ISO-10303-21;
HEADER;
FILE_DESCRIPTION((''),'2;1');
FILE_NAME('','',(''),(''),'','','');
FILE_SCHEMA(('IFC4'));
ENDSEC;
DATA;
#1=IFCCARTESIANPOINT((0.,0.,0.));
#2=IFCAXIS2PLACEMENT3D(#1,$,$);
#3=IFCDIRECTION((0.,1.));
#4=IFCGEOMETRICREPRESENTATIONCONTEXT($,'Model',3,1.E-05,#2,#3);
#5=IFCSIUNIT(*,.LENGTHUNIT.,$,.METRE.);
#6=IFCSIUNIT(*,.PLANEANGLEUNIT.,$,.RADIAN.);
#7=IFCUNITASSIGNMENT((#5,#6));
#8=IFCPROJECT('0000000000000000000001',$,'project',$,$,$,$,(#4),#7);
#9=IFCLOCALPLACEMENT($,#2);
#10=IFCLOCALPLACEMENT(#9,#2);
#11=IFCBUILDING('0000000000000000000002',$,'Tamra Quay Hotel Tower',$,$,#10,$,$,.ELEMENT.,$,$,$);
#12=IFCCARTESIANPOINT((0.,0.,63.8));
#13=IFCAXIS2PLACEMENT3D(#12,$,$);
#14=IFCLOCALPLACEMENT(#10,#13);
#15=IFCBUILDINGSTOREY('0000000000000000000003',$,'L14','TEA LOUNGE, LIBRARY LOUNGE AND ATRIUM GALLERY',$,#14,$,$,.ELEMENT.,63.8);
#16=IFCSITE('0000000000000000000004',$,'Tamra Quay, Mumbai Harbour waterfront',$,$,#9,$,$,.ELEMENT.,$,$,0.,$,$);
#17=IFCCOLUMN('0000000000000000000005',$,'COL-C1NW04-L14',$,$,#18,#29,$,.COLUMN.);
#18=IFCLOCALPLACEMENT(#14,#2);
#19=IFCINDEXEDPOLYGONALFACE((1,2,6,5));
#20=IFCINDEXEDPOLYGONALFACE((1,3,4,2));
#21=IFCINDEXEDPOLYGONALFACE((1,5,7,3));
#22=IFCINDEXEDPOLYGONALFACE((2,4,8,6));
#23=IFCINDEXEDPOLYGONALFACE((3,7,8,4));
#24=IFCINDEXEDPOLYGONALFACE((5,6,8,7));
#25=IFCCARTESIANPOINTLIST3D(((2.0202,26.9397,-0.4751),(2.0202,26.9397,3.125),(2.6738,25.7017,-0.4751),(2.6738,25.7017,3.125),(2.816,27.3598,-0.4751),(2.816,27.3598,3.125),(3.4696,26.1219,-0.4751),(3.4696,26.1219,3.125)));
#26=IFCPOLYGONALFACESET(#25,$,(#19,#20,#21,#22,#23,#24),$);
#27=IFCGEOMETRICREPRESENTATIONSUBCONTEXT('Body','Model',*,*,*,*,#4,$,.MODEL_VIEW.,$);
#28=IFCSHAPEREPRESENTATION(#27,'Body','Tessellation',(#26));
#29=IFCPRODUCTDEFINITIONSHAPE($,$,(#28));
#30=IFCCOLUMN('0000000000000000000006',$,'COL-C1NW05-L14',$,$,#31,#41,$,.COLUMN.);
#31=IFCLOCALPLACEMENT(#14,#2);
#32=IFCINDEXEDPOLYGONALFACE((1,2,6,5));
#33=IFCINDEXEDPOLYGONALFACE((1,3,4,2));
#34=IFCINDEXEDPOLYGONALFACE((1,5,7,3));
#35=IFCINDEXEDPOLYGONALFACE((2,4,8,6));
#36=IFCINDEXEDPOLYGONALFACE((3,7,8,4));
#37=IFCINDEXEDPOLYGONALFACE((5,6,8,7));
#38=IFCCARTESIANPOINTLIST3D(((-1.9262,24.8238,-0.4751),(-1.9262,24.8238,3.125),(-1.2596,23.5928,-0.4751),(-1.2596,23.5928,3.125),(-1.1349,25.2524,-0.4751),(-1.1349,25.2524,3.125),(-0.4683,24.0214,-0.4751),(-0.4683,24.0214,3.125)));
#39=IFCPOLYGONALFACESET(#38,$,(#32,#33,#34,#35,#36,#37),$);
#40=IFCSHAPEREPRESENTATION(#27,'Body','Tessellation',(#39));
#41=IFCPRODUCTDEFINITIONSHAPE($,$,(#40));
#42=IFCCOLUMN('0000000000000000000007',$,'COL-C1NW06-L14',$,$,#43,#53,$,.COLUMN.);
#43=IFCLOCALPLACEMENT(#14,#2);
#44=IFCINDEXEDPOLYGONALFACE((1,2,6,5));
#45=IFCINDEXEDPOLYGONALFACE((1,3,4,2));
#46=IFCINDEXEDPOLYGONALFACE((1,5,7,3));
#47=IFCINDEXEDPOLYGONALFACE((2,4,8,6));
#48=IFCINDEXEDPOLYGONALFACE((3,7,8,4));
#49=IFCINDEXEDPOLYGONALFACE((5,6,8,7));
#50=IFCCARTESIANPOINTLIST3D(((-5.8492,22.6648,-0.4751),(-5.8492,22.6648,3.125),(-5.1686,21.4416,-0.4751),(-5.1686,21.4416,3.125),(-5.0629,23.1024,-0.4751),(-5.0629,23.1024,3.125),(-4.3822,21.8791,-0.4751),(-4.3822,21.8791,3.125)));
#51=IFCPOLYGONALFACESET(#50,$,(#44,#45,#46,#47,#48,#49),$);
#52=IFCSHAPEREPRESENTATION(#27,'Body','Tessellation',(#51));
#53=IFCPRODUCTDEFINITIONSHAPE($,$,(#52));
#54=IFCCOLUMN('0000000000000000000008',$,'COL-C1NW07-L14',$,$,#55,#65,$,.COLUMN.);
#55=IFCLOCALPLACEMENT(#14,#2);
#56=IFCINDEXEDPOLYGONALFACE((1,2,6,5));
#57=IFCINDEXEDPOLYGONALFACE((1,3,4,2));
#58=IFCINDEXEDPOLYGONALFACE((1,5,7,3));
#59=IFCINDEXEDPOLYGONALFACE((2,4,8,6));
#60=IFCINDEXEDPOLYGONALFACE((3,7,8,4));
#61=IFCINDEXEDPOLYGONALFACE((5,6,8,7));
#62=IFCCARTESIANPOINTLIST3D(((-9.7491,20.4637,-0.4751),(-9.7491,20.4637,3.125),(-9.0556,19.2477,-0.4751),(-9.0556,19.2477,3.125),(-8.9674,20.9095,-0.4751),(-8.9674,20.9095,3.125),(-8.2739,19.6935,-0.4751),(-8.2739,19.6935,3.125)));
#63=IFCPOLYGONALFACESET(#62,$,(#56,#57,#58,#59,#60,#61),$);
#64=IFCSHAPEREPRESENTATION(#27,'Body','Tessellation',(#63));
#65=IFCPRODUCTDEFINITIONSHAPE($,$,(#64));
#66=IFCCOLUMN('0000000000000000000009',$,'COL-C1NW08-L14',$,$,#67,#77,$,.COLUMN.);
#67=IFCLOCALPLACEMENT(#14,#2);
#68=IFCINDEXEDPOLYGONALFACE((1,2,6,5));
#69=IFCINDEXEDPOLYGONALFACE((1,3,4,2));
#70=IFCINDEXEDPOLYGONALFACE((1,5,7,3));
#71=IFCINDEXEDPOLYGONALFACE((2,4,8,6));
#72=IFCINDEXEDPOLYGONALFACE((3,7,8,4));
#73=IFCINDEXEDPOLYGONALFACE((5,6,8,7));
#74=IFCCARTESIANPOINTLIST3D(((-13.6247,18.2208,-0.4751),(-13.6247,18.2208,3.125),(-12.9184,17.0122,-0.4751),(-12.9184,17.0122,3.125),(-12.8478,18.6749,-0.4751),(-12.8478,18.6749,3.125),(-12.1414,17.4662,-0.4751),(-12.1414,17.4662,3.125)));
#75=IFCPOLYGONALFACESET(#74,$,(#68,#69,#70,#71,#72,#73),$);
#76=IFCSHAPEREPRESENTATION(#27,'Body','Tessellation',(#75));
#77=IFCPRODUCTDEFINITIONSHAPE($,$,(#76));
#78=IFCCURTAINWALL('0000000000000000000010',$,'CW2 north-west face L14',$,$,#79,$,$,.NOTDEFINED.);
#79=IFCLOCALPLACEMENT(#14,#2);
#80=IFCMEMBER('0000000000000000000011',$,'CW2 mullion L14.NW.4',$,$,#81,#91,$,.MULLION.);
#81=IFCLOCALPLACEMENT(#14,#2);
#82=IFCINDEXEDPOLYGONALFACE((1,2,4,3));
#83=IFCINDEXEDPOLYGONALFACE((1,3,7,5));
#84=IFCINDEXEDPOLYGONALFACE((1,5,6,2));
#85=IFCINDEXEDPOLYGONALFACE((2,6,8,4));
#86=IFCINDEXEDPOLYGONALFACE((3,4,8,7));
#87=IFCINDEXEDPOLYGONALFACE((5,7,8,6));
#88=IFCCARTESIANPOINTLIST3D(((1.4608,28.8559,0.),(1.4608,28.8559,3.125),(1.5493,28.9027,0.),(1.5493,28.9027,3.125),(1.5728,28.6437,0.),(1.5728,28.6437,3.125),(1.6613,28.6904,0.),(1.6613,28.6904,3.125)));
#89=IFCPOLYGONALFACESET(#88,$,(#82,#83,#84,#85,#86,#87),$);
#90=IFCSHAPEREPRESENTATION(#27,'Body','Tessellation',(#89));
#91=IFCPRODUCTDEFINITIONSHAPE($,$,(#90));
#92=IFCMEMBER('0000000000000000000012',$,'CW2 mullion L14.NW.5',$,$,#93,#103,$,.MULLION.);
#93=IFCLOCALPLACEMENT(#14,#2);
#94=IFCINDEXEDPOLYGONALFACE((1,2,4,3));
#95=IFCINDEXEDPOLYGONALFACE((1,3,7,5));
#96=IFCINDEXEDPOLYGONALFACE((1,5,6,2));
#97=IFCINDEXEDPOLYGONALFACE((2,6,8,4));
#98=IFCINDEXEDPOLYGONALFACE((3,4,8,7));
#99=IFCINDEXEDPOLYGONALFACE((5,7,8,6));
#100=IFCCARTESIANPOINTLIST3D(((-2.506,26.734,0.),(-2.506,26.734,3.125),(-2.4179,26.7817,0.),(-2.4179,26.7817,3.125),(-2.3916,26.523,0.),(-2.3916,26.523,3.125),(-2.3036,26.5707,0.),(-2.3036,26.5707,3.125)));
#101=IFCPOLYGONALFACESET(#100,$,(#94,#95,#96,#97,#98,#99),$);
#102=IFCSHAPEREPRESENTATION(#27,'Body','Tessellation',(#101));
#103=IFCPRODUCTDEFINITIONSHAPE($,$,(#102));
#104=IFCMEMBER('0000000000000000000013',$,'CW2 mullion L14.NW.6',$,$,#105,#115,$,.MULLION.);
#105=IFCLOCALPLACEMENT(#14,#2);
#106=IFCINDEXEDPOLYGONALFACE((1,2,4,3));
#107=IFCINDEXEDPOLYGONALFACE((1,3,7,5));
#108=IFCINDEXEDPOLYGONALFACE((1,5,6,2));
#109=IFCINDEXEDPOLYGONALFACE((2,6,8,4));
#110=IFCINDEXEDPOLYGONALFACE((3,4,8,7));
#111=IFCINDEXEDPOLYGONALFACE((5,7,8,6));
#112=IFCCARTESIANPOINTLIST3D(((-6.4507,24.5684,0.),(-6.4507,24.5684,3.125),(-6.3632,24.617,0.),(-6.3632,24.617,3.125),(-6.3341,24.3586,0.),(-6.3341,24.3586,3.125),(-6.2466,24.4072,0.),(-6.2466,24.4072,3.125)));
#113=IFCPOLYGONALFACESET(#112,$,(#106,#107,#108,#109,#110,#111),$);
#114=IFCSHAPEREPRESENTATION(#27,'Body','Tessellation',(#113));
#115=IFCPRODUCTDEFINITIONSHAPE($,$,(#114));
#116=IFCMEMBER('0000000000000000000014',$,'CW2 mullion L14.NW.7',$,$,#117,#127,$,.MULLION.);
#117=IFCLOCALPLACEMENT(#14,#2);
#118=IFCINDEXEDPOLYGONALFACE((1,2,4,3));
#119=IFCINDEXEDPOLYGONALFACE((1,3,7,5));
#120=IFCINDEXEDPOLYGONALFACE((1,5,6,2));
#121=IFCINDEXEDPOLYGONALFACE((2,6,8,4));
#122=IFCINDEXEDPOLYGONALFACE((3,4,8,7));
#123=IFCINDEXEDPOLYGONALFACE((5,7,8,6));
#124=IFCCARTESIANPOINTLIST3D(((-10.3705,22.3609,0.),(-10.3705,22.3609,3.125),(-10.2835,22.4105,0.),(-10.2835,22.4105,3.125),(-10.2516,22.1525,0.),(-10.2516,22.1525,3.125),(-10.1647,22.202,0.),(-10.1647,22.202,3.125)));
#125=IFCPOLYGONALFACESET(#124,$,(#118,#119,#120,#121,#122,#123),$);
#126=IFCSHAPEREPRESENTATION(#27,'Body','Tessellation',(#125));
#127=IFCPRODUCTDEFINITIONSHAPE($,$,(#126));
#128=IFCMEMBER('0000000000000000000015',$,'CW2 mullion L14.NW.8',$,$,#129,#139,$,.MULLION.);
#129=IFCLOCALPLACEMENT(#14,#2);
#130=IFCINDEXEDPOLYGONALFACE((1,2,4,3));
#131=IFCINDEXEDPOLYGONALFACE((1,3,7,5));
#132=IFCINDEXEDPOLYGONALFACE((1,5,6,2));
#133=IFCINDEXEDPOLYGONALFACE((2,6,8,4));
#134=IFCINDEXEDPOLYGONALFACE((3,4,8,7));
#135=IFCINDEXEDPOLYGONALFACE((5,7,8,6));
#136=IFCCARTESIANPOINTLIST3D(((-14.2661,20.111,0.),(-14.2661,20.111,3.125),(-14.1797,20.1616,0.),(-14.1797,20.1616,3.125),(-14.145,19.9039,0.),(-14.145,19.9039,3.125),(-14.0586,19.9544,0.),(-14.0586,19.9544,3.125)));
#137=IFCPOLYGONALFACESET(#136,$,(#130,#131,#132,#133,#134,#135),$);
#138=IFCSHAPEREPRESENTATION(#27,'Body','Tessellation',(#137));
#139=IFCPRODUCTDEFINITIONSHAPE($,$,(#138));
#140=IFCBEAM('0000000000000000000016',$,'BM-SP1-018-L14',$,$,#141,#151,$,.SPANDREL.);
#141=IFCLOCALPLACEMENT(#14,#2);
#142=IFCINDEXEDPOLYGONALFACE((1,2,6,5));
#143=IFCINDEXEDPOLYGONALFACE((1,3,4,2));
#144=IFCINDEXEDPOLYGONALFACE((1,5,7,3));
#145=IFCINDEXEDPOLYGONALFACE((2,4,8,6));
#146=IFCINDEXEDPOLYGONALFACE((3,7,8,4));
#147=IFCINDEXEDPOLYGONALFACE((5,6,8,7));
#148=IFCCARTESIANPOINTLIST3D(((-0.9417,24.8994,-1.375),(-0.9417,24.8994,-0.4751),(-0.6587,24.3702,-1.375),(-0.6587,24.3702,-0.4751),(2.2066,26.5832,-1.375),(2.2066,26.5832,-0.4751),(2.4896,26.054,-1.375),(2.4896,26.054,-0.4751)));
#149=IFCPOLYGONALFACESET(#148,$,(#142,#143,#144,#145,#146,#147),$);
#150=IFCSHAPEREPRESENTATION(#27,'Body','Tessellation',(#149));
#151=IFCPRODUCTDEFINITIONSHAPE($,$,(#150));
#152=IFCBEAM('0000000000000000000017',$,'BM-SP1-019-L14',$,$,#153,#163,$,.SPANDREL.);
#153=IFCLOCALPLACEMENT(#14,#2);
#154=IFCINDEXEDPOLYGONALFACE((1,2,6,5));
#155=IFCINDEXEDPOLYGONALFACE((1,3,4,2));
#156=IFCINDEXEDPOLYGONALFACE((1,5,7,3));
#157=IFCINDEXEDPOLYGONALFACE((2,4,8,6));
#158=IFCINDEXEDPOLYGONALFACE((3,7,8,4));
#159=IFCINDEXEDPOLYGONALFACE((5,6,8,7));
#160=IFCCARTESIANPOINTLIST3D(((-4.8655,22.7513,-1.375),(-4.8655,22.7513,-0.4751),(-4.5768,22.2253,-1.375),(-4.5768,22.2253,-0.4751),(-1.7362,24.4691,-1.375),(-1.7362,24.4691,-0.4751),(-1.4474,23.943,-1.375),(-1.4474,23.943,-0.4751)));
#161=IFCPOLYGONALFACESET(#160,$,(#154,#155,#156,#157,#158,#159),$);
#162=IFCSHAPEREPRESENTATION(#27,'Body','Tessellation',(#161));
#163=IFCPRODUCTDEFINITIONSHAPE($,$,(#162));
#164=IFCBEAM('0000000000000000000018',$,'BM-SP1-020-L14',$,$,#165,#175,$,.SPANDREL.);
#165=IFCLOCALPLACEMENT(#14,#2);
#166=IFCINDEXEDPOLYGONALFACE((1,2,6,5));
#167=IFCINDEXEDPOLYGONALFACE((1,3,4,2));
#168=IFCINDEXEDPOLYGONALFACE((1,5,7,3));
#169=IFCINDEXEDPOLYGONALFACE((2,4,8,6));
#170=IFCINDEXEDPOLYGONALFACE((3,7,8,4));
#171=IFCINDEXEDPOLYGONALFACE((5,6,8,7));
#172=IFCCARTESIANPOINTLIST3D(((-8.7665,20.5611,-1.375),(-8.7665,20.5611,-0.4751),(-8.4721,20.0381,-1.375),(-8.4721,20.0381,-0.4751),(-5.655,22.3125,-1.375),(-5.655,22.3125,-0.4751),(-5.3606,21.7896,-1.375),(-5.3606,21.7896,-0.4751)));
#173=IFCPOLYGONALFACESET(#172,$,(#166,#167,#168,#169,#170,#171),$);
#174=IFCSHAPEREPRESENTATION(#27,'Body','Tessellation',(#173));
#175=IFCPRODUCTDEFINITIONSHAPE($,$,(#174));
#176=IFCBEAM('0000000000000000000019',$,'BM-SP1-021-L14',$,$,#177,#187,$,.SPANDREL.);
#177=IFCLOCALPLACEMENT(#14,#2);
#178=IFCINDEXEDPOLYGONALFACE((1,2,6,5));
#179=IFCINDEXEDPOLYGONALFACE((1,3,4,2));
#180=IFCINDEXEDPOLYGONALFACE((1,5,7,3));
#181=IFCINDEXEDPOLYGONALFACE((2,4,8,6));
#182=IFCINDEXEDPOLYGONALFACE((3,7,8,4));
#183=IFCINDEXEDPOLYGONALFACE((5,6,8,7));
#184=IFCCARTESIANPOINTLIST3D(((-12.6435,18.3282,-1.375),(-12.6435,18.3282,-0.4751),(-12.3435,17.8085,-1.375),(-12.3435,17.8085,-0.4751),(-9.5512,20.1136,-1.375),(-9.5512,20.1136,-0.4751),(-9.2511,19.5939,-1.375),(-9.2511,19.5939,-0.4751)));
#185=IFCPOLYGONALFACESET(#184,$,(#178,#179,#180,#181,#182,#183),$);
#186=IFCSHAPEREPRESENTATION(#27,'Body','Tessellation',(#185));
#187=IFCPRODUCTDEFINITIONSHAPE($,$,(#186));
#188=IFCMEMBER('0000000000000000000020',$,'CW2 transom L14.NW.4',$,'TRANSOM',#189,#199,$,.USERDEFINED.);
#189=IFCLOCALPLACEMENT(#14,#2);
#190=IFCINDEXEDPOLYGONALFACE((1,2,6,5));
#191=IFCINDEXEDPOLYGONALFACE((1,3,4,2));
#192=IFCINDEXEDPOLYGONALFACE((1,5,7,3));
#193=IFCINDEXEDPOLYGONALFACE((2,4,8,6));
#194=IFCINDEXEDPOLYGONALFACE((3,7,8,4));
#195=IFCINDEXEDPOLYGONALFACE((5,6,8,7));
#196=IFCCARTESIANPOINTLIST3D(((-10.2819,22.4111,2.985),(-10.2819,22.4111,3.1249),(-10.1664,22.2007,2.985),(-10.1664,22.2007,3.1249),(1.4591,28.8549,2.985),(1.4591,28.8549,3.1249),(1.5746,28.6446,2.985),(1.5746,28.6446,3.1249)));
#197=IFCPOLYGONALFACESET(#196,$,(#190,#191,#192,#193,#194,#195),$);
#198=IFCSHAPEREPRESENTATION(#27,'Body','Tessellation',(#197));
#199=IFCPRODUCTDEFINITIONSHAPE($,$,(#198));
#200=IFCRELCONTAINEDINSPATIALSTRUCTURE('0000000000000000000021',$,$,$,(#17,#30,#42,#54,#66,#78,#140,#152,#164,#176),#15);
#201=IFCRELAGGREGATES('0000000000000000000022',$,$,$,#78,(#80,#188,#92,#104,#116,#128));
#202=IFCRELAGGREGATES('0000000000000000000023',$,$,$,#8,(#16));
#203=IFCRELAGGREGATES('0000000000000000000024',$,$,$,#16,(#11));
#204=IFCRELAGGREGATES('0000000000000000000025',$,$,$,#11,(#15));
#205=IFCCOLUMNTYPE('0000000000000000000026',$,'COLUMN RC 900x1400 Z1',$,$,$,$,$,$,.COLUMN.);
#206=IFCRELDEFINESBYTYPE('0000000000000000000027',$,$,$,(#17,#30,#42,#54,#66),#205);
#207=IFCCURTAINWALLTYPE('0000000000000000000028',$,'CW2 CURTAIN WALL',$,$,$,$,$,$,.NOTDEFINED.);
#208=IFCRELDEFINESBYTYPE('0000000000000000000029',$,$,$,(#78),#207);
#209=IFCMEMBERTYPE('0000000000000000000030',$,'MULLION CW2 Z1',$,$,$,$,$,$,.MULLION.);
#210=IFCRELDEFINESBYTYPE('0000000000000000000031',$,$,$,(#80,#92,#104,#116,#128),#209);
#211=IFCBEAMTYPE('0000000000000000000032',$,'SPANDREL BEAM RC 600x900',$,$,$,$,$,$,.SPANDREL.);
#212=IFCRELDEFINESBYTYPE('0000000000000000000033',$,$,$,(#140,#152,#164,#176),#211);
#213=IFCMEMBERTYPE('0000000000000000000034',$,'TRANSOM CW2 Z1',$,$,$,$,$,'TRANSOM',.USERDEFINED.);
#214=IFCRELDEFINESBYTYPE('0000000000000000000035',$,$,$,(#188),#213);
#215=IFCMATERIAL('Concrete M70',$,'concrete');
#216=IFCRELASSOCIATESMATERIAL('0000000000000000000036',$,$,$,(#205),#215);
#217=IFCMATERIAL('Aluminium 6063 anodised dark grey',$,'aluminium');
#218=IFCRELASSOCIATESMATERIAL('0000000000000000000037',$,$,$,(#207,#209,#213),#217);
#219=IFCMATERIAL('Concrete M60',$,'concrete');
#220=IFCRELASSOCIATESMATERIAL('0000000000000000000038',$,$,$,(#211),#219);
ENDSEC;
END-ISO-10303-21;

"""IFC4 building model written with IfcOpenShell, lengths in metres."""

from ifc_helpers import new_model, si_unit, direction, frame, origin, origin_2d, place, context, subcontext, project, spatial, rectangle, extrude, material, material_profile, profile_set, type_object, element, aggregate, save


model = new_model("IFC4")

# Units and contexts
model_context = context("Model", 3, precision=1e-05, world=origin(), true_north=direction((0.0, 1.0)))
body_context = subcontext(model_context, "Body", "Model", "MODEL_VIEW")
ifc_project = project(units=[si_unit("LENGTHUNIT", "METRE"), si_unit("PLANEANGLEUNIT", "RADIAN")], contexts=[model_context])

# Site, building, storey
site_placement = place(None, origin())
site = spatial("IfcSite", under=ifc_project, at=site_placement, Name="Tamra Quay, Mumbai Harbour waterfront", CompositionType="ELEMENT", RefElevation=0.0)
building_placement = place(site_placement, origin())
building = spatial("IfcBuilding", under=site, at=building_placement, Name="Tamra Quay Hotel Tower", CompositionType="ELEMENT")
storey_placement = place(building_placement, frame((0.0, 0.0, 63.8)))
storey = spatial("IfcBuildingStorey", under=building, at=storey_placement, Name="L14", Description="TEA LOUNGE, LIBRARY LOUNGE AND ATRIUM GALLERY", CompositionType="ELEMENT", Elevation=63.8)

# Columns
ifc_material_1 = material(Name="Concrete M70", Category="concrete")
ifc_material_profile_1 = material_profile(ifc_material_1, rectangle(XDim=1.3999, YDim=0.8999, at=origin_2d()), Name="COLUMN RC 900x1400 Z1")
ifc_profile_set_1 = profile_set([ifc_material_profile_1], Name="Concrete M70")
column_type = type_object("IfcColumnType", Name="COLUMN RC 900x1400 Z1", PredefinedType="COLUMN", material=ifc_profile_set_1)
for number, where, z_axis, x_axis, name in (
    (1, (2.7449, 26.5308, -0.4751), (0.0, 0.0, 1.0), (-0.466896, 0.884312, 0.0), "COL-C1NW04-L14"),
    (2, (-1.1973, 24.4226, -0.4751), (0.0, 0.0, 1.0), (-0.476198, 0.879338, 0.0), "COL-C1NW05-L14"),
    (3, (-5.1157, 22.272, -0.4751), (0.0, 0.0, 1.0), (-0.486221, 0.873836, 0.0), "COL-C1NW06-L14"),
    (4, (-9.0115, 20.0786, -0.4751), (0.0, 0.0, 1.0), (-0.495421, 0.868653, 0.0), "COL-C1NW07-L14"),
    (5, (-12.8831, 17.8435, -0.4751), (0.0, 0.0, 1.0), (-0.504565, 0.863374, 0.0), "COL-C1NW08-L14"),
):
    element("IfcColumn", number, at=place(storey_placement, frame(where, z_axis=z_axis, x_axis=x_axis)), inside=storey, type_object=column_type, Name=name, PredefinedType="COLUMN", context=body_context, shape_type="SweptSolid", body=[
        extrude(rectangle(XDim=1.3999, YDim=0.8999, at=origin_2d()), origin(), (0.0, 0.0, 1.0), 3.6001),
    ])

# Curtain wall, members
ifc_material_2 = material(Name="Aluminium 6063 anodised dark grey", Category="aluminium")
curtain_wall_type = type_object("IfcCurtainWallType", Name="CW2 CURTAIN WALL", PredefinedType="NOTDEFINED", material=ifc_material_2)
curtain_wall_placement = place(storey_placement, origin())
curtain_wall = element("IfcCurtainWall", 6, at=curtain_wall_placement, inside=storey, type_object=curtain_wall_type, Name="CW2 north-west face L14", PredefinedType="NOTDEFINED")
ifc_material_profile_2 = material_profile(ifc_material_2, rectangle(XDim=0.24, YDim=0.1001, at=origin_2d()), Name="MULLION 100X240")
ifc_profile_set_2 = profile_set([ifc_material_profile_2], Name="Aluminium 6063 anodised dark grey")
member_type_1 = type_object("IfcMemberType", Name="MULLION CW2 Z1", PredefinedType="MULLION", material=ifc_profile_set_2)
member_1_placement = place(storey_placement, frame((1.561, 28.7732, 0.0), z_axis=(0.0, 0.0, 1.0), x_axis=(-0.466835, 0.884344, 0.0)))
member_1 = element("IfcMember", 7, at=member_1_placement, type_object=member_type_1, Name="CW2 mullion L14.NW.4", PredefinedType="MULLION", context=body_context, shape_type="SweptSolid", body=[
    extrude(rectangle(XDim=0.24, YDim=0.1001, at=origin_2d()), origin(), (0.0, 0.0, 1.0), 3.125),
])
member_2_placement = place(storey_placement, frame((-2.4048, 26.6523, 0.0), z_axis=(0.0, 0.0, 1.0), x_axis=(-0.476377, 0.879241, 0.0)))
member_2 = element("IfcMember", 8, at=member_2_placement, type_object=member_type_1, Name="CW2 mullion L14.NW.5", PredefinedType="MULLION", context=body_context, shape_type="SweptSolid", body=[
    extrude(rectangle(XDim=0.24, YDim=0.1001, at=origin_2d()), origin(), (0.0, 0.0, 1.0), 3.125),
])
member_3_placement = place(storey_placement, frame((-6.3486, 24.4878, 0.0), z_axis=(0.0, 0.0, 1.0), x_axis=(-0.485864, 0.874035, 0.0)))
member_3 = element("IfcMember", 9, at=member_3_placement, type_object=member_type_1, Name="CW2 mullion L14.NW.6", PredefinedType="MULLION", context=body_context, shape_type="SweptSolid", body=[
    extrude(rectangle(XDim=0.24, YDim=0.1001, at=origin_2d()), origin(), (0.0, 0.0, 1.0), 3.125),
])
member_4_placement = place(storey_placement, frame((-10.2676, 22.2815, 0.0), z_axis=(0.0, 0.0, 1.0), x_axis=(-0.495301, 0.868722, 0.0)))
member_4 = element("IfcMember", 10, at=member_4_placement, type_object=member_type_1, Name="CW2 mullion L14.NW.7", PredefinedType="MULLION", context=body_context, shape_type="SweptSolid", body=[
    extrude(rectangle(XDim=0.24, YDim=0.1001, at=origin_2d()), origin(), (0.0, 0.0, 1.0), 3.125),
])
member_5_placement = place(storey_placement, frame((-14.1624, 20.0327, 0.0), z_axis=(0.0, 0.0, 1.0), x_axis=(-0.504685, 0.863304, 0.0)))
member_5 = element("IfcMember", 11, at=member_5_placement, type_object=member_type_1, Name="CW2 mullion L14.NW.8", PredefinedType="MULLION", context=body_context, shape_type="SweptSolid", body=[
    extrude(rectangle(XDim=0.24, YDim=0.1001, at=origin_2d()), origin(), (0.0, 0.0, 1.0), 3.125),
])

# Beams
ifc_material_3 = material(Name="Concrete M60", Category="concrete")
ifc_material_profile_3 = material_profile(ifc_material_3, rectangle(XDim=0.6001, YDim=0.8999, at=origin_2d()), Name="SPANDREL BEAM RC 600x900")
ifc_profile_set_3 = profile_set([ifc_material_profile_3], Name="Concrete M60")
beam_type = type_object("IfcBeamType", Name="SPANDREL BEAM RC 600x900", PredefinedType="SPANDREL", material=ifc_profile_set_3)
beam_1_placement = place(storey_placement, frame((2.3481, 26.3186, -0.925), z_axis=(-0.881809, -0.471607, 0.0), x_axis=(0.471607, -0.881809, 0.0)))
element("IfcBeam", 12, at=beam_1_placement, inside=storey, type_object=beam_type, Name="BM-SP1-018-L14", PredefinedType="SPANDREL", context=body_context, shape_type="SweptSolid", body=[
    extrude(rectangle(XDim=0.6001, YDim=0.8999, at=origin_2d()), origin(), (0.0, 0.0, 1.0), 3.5703),
])
beam_2_placement = place(storey_placement, frame((-1.5918, 24.2061, -0.925), z_axis=(-0.876617, -0.481189, 0.0), x_axis=(0.481189, -0.876617, 0.0)))
element("IfcBeam", 13, at=beam_2_placement, inside=storey, type_object=beam_type, Name="BM-SP1-019-L14", PredefinedType="SPANDREL", context=body_context, shape_type="SweptSolid", body=[
    extrude(rectangle(XDim=0.6001, YDim=0.8999, at=origin_2d()), origin(), (0.0, 0.0, 1.0), 3.5698),
])
beam_3_placement = place(storey_placement, frame((-5.5078, 22.051, -0.925), z_axis=(-0.871431, -0.490518, 0.0), x_axis=(0.490518, -0.871431, 0.0)))
element("IfcBeam", 14, at=beam_3_placement, inside=storey, type_object=beam_type, Name="BM-SP1-020-L14", PredefinedType="SPANDREL", context=body_context, shape_type="SweptSolid", body=[
    extrude(rectangle(XDim=0.6001, YDim=0.8999, at=origin_2d()), origin(), (0.0, 0.0, 1.0), 3.5706),
])
beam_4_placement = place(storey_placement, frame((-9.4011, 19.8538, -0.925), z_axis=(-0.866017, -0.500014, 0.0), x_axis=(0.500014, -0.866017, 0.0)))
element("IfcBeam", 15, at=beam_4_placement, inside=storey, type_object=beam_type, Name="BM-SP1-021-L14", PredefinedType="SPANDREL", context=body_context, shape_type="SweptSolid", body=[
    extrude(rectangle(XDim=0.6001, YDim=0.8999, at=origin_2d()), origin(), (0.0, 0.0, 1.0), 3.5708),
])

# Member
ifc_material_profile_4 = material_profile(ifc_material_2, rectangle(XDim=0.24, YDim=0.1399, at=origin_2d()), Name="TRANSOM 240X140")
ifc_profile_set_4 = profile_set([ifc_material_profile_4], Name="Aluminium 6063 anodised dark grey")
member_type_2 = type_object("IfcMemberType", Name="TRANSOM CW2 Z1", ElementType="TRANSOM", PredefinedType="USERDEFINED", material=ifc_profile_set_4)
member_6_placement = place(storey_placement, frame((1.5168, 28.7498, 3.0549), z_axis=(-0.876647, -0.481134, 0.0), x_axis=(0.481134, -0.876647, 0.0)))
member_6 = element("IfcMember", 16, at=member_6_placement, type_object=member_type_2, Name="CW2 transom L14.NW.4", ObjectType="TRANSOM", PredefinedType="USERDEFINED", context=body_context, shape_type="SweptSolid", body=[
    extrude(rectangle(XDim=0.24, YDim=0.1399, at=origin_2d()), origin(), (0.0, 0.0, 1.0), 13.3931),
])

aggregate(curtain_wall, [member_1, member_6, member_2, member_3, member_4, member_5])

save(model, "model.ifc")
